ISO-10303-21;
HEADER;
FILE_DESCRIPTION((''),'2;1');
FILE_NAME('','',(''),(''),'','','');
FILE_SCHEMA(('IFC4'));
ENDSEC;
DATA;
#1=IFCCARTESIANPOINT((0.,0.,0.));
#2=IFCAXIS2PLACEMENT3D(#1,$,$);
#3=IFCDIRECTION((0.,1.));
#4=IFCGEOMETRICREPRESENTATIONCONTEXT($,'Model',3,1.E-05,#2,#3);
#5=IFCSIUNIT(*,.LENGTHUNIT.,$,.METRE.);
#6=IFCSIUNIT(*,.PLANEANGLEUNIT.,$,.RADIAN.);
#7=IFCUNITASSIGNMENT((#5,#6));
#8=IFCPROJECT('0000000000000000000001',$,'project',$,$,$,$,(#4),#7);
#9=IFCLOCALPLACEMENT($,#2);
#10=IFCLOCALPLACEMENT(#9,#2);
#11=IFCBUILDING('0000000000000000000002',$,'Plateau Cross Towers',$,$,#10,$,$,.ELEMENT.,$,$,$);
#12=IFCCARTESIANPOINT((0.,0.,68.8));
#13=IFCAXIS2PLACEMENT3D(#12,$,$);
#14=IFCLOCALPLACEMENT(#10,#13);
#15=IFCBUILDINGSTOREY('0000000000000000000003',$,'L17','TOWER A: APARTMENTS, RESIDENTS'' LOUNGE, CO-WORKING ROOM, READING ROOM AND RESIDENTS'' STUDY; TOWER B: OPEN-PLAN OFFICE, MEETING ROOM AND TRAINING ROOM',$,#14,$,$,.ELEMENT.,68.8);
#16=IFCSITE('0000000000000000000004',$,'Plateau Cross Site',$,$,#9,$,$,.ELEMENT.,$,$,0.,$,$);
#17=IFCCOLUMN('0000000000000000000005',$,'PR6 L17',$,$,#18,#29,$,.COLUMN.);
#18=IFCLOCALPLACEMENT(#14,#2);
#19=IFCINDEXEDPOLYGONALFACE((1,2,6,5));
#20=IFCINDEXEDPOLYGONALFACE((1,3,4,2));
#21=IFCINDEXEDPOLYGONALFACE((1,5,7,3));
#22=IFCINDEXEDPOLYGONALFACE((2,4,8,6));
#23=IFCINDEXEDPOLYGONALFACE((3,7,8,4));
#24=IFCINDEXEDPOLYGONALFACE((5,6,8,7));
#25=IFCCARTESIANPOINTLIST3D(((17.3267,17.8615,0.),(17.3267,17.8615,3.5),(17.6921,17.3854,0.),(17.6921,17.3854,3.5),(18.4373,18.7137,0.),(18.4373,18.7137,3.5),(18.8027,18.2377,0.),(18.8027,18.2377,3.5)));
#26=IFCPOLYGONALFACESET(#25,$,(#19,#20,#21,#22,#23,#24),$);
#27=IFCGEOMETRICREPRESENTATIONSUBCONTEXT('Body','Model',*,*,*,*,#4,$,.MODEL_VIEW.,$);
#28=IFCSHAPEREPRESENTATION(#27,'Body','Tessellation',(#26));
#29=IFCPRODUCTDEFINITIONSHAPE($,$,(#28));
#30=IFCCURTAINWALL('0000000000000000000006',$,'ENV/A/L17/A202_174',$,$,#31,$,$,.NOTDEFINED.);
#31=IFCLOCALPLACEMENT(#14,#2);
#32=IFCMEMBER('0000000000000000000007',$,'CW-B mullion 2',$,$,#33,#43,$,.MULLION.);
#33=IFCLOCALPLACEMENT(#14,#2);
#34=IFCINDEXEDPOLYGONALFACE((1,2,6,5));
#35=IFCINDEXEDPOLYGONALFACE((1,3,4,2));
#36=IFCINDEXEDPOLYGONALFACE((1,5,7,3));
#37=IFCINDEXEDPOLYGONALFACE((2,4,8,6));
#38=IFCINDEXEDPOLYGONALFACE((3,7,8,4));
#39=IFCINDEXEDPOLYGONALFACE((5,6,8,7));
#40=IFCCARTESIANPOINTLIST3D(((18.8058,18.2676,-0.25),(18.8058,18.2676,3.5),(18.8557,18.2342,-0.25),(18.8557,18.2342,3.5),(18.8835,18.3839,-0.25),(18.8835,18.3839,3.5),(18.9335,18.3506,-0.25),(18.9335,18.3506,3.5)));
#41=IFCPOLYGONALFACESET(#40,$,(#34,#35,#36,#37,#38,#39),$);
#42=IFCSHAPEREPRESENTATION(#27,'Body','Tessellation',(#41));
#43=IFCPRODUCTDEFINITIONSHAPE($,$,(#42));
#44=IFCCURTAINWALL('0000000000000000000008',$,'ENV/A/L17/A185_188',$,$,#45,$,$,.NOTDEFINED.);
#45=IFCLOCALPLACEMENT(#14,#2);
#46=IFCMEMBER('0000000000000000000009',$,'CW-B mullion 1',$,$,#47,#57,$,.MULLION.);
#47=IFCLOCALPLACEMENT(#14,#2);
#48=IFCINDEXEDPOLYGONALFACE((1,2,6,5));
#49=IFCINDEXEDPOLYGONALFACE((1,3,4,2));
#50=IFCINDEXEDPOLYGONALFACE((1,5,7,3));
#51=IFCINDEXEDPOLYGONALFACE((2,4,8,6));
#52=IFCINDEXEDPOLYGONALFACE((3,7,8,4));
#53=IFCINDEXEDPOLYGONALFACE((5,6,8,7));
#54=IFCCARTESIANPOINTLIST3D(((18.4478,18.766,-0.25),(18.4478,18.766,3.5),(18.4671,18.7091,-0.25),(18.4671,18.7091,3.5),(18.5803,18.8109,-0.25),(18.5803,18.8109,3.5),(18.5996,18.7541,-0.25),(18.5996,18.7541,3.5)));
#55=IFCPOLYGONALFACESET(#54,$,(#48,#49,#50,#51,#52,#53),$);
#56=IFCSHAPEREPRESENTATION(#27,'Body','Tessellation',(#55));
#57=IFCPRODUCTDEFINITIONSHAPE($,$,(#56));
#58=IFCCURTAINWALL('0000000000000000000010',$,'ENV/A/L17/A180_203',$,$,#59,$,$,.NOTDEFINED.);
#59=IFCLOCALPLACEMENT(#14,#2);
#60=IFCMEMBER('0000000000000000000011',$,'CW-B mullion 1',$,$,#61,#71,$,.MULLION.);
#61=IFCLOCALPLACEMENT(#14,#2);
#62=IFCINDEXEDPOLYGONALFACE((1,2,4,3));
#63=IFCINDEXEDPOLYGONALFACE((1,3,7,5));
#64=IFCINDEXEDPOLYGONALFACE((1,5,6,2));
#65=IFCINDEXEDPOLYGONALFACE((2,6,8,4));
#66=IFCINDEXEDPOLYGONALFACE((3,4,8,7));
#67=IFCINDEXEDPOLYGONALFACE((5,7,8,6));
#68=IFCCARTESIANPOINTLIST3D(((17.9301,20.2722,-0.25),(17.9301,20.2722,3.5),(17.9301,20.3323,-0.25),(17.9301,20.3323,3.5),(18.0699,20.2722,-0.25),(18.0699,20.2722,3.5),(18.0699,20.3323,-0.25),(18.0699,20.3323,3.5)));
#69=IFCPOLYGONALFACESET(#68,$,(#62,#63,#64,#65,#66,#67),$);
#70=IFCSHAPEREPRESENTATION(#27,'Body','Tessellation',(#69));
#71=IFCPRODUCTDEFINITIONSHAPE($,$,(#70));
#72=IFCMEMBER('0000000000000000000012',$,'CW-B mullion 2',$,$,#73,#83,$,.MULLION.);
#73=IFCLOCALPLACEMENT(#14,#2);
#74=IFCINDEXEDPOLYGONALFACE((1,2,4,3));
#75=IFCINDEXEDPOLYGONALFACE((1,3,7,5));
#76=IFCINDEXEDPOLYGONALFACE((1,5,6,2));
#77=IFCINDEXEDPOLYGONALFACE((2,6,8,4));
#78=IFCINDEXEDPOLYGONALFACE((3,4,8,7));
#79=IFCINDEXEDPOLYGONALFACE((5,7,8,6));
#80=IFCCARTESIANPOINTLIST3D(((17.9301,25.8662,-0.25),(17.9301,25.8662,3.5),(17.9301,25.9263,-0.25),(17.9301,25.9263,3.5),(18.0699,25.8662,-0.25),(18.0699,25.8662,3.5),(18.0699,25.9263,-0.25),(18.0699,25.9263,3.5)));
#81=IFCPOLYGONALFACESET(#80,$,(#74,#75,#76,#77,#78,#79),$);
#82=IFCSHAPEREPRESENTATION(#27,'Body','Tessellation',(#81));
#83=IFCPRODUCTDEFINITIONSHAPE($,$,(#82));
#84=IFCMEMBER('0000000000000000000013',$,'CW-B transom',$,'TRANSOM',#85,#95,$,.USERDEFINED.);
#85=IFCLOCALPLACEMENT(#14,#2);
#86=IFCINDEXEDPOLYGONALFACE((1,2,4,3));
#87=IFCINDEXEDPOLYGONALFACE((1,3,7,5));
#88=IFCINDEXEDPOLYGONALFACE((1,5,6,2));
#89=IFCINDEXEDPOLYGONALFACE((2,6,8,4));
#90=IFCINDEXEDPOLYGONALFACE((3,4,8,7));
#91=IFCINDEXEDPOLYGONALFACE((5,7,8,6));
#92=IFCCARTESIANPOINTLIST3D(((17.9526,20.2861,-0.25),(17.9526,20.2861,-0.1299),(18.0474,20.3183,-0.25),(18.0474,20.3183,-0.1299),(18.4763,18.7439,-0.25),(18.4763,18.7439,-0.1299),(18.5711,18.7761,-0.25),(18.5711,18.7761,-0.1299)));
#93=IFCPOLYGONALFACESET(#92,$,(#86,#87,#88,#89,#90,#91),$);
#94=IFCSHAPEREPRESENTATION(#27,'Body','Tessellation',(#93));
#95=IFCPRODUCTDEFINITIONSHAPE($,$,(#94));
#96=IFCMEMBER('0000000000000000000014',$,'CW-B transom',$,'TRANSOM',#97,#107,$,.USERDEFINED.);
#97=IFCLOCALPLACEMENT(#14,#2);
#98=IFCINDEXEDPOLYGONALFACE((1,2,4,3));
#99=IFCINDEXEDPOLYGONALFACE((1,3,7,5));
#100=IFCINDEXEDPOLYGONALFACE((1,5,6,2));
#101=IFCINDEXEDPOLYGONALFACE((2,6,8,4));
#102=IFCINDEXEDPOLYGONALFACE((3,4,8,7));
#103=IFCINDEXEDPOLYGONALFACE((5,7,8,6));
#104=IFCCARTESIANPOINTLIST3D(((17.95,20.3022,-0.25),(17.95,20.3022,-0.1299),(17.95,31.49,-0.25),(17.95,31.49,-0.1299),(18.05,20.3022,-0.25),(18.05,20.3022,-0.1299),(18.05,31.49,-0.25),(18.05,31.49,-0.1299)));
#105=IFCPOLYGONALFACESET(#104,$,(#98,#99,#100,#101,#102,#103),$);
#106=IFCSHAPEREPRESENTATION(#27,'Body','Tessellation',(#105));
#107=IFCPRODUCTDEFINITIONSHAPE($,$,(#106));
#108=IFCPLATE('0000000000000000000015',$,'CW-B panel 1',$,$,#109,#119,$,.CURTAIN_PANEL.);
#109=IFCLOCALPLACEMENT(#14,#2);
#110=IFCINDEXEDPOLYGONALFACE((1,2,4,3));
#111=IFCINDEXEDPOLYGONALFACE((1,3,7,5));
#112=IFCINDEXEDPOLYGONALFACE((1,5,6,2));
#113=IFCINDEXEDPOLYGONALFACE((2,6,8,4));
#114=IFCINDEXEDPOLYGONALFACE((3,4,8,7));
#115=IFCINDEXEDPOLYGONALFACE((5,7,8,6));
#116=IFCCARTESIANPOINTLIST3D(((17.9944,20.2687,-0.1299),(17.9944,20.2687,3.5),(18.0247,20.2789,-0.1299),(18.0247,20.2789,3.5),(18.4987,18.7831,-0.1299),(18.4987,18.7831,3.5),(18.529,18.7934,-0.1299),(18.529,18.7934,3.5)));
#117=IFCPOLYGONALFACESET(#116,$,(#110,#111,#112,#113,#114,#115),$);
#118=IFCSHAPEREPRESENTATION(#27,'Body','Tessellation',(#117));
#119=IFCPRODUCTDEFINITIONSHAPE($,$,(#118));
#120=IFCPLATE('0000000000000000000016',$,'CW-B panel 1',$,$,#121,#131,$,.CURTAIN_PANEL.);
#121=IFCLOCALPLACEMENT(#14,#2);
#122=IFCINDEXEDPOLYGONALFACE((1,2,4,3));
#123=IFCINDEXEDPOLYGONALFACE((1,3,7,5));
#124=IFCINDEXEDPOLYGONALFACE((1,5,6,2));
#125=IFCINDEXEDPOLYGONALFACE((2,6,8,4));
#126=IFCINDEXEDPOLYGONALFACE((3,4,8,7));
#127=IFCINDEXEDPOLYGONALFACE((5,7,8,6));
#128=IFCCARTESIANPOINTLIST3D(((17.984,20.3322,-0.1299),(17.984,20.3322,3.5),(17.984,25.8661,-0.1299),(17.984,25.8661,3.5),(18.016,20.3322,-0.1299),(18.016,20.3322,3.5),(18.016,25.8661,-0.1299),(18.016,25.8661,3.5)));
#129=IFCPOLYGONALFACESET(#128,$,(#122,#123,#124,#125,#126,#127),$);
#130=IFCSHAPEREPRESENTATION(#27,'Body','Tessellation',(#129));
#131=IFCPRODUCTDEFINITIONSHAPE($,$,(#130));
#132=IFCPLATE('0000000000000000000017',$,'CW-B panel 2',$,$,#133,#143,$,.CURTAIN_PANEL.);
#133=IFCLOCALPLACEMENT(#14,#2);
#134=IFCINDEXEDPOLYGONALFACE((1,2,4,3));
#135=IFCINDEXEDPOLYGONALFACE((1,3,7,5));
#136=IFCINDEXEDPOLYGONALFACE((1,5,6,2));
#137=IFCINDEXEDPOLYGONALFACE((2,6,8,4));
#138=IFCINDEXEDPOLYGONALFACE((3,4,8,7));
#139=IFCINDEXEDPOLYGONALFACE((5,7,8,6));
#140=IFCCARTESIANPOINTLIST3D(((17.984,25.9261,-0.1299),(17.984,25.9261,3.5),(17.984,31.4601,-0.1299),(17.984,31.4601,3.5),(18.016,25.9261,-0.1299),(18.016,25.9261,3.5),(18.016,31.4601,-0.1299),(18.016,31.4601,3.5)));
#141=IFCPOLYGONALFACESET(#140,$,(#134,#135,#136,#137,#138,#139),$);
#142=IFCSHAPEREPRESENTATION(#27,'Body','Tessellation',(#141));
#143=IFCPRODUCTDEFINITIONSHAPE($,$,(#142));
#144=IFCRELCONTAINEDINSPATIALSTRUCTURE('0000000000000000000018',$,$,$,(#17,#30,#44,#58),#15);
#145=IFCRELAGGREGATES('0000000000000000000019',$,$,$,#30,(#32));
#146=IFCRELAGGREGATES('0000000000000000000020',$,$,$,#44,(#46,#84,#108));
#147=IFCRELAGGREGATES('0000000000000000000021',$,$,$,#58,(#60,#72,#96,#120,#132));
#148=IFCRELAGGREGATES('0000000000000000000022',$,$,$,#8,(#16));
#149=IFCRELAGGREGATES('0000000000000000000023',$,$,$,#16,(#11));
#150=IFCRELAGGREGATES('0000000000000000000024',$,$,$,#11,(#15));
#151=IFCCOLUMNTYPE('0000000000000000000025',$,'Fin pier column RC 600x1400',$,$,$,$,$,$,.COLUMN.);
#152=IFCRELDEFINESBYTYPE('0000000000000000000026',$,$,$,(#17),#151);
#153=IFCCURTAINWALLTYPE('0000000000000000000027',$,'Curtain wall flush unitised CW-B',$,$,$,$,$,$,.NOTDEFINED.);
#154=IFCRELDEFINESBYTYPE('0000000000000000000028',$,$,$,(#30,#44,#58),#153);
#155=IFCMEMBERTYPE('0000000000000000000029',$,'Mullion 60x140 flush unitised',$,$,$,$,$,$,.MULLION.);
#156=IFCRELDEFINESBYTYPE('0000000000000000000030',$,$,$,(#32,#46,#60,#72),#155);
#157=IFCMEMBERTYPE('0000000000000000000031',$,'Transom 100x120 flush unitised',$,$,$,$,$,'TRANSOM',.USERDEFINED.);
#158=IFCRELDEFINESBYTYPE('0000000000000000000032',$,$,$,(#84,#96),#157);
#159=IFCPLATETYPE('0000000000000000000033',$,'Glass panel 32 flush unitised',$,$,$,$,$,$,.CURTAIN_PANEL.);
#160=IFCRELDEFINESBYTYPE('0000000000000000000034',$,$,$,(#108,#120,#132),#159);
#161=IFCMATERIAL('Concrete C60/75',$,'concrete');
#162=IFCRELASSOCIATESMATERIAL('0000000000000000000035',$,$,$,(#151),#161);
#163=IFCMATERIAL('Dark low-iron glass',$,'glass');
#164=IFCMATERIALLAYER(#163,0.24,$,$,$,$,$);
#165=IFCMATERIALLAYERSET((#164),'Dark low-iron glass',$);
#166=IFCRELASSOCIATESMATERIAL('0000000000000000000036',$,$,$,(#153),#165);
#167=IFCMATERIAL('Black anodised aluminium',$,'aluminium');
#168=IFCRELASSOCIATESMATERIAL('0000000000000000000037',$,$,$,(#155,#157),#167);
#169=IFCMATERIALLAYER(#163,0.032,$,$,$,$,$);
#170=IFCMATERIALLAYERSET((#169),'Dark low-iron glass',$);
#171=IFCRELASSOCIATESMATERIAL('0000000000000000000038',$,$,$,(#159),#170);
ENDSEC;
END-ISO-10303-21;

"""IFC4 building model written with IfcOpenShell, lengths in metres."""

from ifc_helpers import new_model, si_unit, direction, frame, origin, origin_2d, place, context, subcontext, project, spatial, rectangle, extrude, material, layer, layer_set, material_profile, profile_set, type_object, element, aggregate, save


model = new_model("IFC4")

# Units and contexts
model_context = context("Model", 3, precision=1e-05, world=origin(), true_north=direction((0.0, 1.0)))
body_context = subcontext(model_context, "Body", "Model", "MODEL_VIEW")
ifc_project = project(units=[si_unit("LENGTHUNIT", "METRE"), si_unit("PLANEANGLEUNIT", "RADIAN")], contexts=[model_context])

# Site, building, storey
site_placement = place(None, origin())
site = spatial("IfcSite", under=ifc_project, at=site_placement, Name="Plateau Cross Site", CompositionType="ELEMENT", RefElevation=0.0)
building_placement = place(site_placement, origin())
building = spatial("IfcBuilding", under=site, at=building_placement, Name="Plateau Cross Towers", CompositionType="ELEMENT")
storey_placement = place(building_placement, frame((0.0, 0.0, 68.8)))
storey = spatial("IfcBuildingStorey", under=building, at=storey_placement, Name="L17", Description="TOWER A: APARTMENTS, RESIDENTS' LOUNGE, CO-WORKING ROOM, READING ROOM AND RESIDENTS' STUDY; TOWER B: OPEN-PLAN OFFICE, MEETING ROOM AND TRAINING ROOM", CompositionType="ELEMENT", Elevation=68.8)

# Column
ifc_material_1 = material(Name="Concrete C60/75", Category="concrete")
ifc_material_profile_1 = material_profile(ifc_material_1, rectangle(XDim=0.6001, YDim=1.3999, at=origin_2d()), Name="RC 600x1400")
ifc_profile_set_1 = profile_set([ifc_material_profile_1], Name="Concrete C60/75")
column_type = type_object("IfcColumnType", Name="Fin pier column RC 600x1400", PredefinedType="COLUMN", material=ifc_profile_set_1)
column_placement = place(storey_placement, frame((18.0647, 18.0496, 0.0), z_axis=(0.0, 0.0, 1.0), x_axis=(-0.608811, 0.793315, 0.0)))
element("IfcColumn", 1, at=column_placement, inside=storey, type_object=column_type, Name="PR6 L17", PredefinedType="COLUMN", context=body_context, shape_type="SweptSolid", body=[
    extrude(rectangle(XDim=0.6001, YDim=1.3999, at=origin_2d()), origin(), (0.0, 0.0, 1.0), 3.5),
])

# Curtain walls, members
ifc_material_2 = material(Name="Dark low-iron glass", Category="glass")
ifc_layer_1 = layer(ifc_material_2, 0.24)
ifc_layer_set_1 = layer_set([ifc_layer_1], Name="Dark low-iron glass")
curtain_wall_type = type_object("IfcCurtainWallType", Name="Curtain wall flush unitised CW-B", PredefinedType="NOTDEFINED", material=ifc_layer_set_1)
curtain_wall_1_placement = place(storey_placement, origin())
curtain_wall_1 = element("IfcCurtainWall", 2, at=curtain_wall_1_placement, inside=storey, type_object=curtain_wall_type, Name="ENV/A/L17/A202_174", PredefinedType="NOTDEFINED")
ifc_material_3 = material(Name="Black anodised aluminium", Category="aluminium")
ifc_material_profile_2 = material_profile(ifc_material_3, rectangle(XDim=0.0601, YDim=0.1399, at=origin_2d()), Name="MULLION 60x140")
ifc_profile_set_2 = profile_set([ifc_material_profile_2], Name="Black anodised aluminium")
member_type_1 = type_object("IfcMemberType", Name="Mullion 60x140 flush unitised", PredefinedType="MULLION", material=ifc_profile_set_2)
member_1_placement = place(storey_placement, frame((18.8696, 18.3091, -0.25), z_axis=(0.0, 0.0, 1.0), x_axis=(-0.831521, 0.555493, 0.0)))
member_1 = element("IfcMember", 3, at=member_1_placement, type_object=member_type_1, Name="CW-B mullion 2", PredefinedType="MULLION", context=body_context, shape_type="SweptSolid", body=[
    extrude(rectangle(XDim=0.0601, YDim=0.1399, at=origin_2d()), origin(), (0.0, 0.0, 1.0), 3.75),
])
aggregate(curtain_wall_1, [member_1])
curtain_wall_2_placement = place(storey_placement, origin())
curtain_wall_2 = element("IfcCurtainWall", 4, at=curtain_wall_2_placement, inside=storey, type_object=curtain_wall_type, Name="ENV/A/L17/A185_188", PredefinedType="NOTDEFINED")
member_2_placement = place(storey_placement, frame((18.5237, 18.76, -0.25), z_axis=(0.0, 0.0, 1.0), x_axis=(-0.321469, 0.94692, 0.0)))
member_2 = element("IfcMember", 5, at=member_2_placement, type_object=member_type_1, Name="CW-B mullion 1", PredefinedType="MULLION", context=body_context, shape_type="SweptSolid", body=[
    extrude(rectangle(XDim=0.0601, YDim=0.1399, at=origin_2d()), origin(), (0.0, 0.0, 1.0), 3.75),
])

# Curtain wall, members
curtain_wall_3_placement = place(storey_placement, origin())
curtain_wall_3 = element("IfcCurtainWall", 6, at=curtain_wall_3_placement, inside=storey, type_object=curtain_wall_type, Name="ENV/A/L17/A180_203", PredefinedType="NOTDEFINED")
member_3_placement = place(storey_placement, frame((18.0, 20.3022, -0.25), z_axis=(0.0, 0.0, 1.0), x_axis=(0.0, 1.0, 0.0)))
member_3 = element("IfcMember", 7, at=member_3_placement, type_object=member_type_1, Name="CW-B mullion 1", PredefinedType="MULLION", context=body_context, shape_type="SweptSolid", body=[
    extrude(rectangle(XDim=0.0601, YDim=0.1399, at=origin_2d()), origin(), (0.0, 0.0, 1.0), 3.75),
])
member_4_placement = place(storey_placement, frame((18.0, 25.8962, -0.25), z_axis=(0.0, 0.0, 1.0), x_axis=(0.0, 1.0, 0.0)))
member_4 = element("IfcMember", 8, at=member_4_placement, type_object=member_type_1, Name="CW-B mullion 2", PredefinedType="MULLION", context=body_context, shape_type="SweptSolid", body=[
    extrude(rectangle(XDim=0.0601, YDim=0.1399, at=origin_2d()), origin(), (0.0, 0.0, 1.0), 3.75),
])

# Members
ifc_material_profile_3 = material_profile(ifc_material_3, rectangle(XDim=0.1001, YDim=0.1201, at=origin_2d()), Name="TRANSOM 100x120")
ifc_profile_set_3 = profile_set([ifc_material_profile_3], Name="Black anodised aluminium")
member_type_2 = type_object("IfcMemberType", Name="Transom 100x120 flush unitised", ElementType="TRANSOM", PredefinedType="USERDEFINED", material=ifc_profile_set_3)
member_5_placement = place(storey_placement, frame((18.5237, 18.76, -0.1899), z_axis=(-0.321529, 0.9469, 0.0), x_axis=(-0.9469, -0.321529, 0.0)))
member_5 = element("IfcMember", 9, at=member_5_placement, type_object=member_type_2, Name="CW-B transom", ObjectType="TRANSOM", PredefinedType="USERDEFINED", context=body_context, shape_type="SweptSolid", body=[
    extrude(rectangle(XDim=0.1001, YDim=0.1201, at=origin_2d()), origin(), (0.0, 0.0, 1.0), 1.6287),
])
member_6_placement = place(storey_placement, frame((18.0, 20.3022, -0.1899), z_axis=(0.0, 1.0, 0.0), x_axis=(-1.0, 0.0, 0.0)))
member_6 = element("IfcMember", 10, at=member_6_placement, type_object=member_type_2, Name="CW-B transom", ObjectType="TRANSOM", PredefinedType="USERDEFINED", context=body_context, shape_type="SweptSolid", body=[
    extrude(rectangle(XDim=0.1001, YDim=0.1201, at=origin_2d()), origin(), (0.0, 0.0, 1.0), 11.1877),
])

# Plates
ifc_layer_2 = layer(ifc_material_2, 0.032)
ifc_layer_set_2 = layer_set([ifc_layer_2], Name="Dark low-iron glass")
plate_type = type_object("IfcPlateType", Name="Glass panel 32 flush unitised", PredefinedType="CURTAIN_PANEL", material=ifc_layer_set_2)
plate_1_placement = place(storey_placement, frame((18.2617, 19.531, -0.1299), z_axis=(0.0, 0.0, 1.0), x_axis=(-0.321469, 0.94692, 0.0)))
plate_1 = element("IfcPlate", 11, at=plate_1_placement, type_object=plate_type, Name="CW-B panel 1", PredefinedType="CURTAIN_PANEL", context=body_context, shape_type="SweptSolid", body=[
    extrude(rectangle(XDim=1.5688, YDim=0.032, at=origin_2d()), origin(), (0.0, 0.0, 1.0), 3.6299),
])
aggregate(curtain_wall_2, [member_2, member_5, plate_1])
plate_2_placement = place(storey_placement, frame((18.0, 23.0991, -0.1299), z_axis=(0.0, 0.0, 1.0), x_axis=(0.0, 1.0, 0.0)))
plate_2 = element("IfcPlate", 12, at=plate_2_placement, type_object=plate_type, Name="CW-B panel 1", PredefinedType="CURTAIN_PANEL", context=body_context, shape_type="SweptSolid", body=[
    extrude(rectangle(XDim=5.5339, YDim=0.032, at=origin_2d()), origin(), (0.0, 0.0, 1.0), 3.6299),
])
plate_3_placement = place(storey_placement, frame((18.0, 28.6931, -0.1299), z_axis=(0.0, 0.0, 1.0), x_axis=(0.0, 1.0, 0.0)))
plate_3 = element("IfcPlate", 13, at=plate_3_placement, type_object=plate_type, Name="CW-B panel 2", PredefinedType="CURTAIN_PANEL", context=body_context, shape_type="SweptSolid", body=[
    extrude(rectangle(XDim=5.5339, YDim=0.032, at=origin_2d()), origin(), (0.0, 0.0, 1.0), 3.6299),
])
aggregate(curtain_wall_3, [member_3, member_4, member_6, plate_2, plate_3])

save(model, "model.ifc")
